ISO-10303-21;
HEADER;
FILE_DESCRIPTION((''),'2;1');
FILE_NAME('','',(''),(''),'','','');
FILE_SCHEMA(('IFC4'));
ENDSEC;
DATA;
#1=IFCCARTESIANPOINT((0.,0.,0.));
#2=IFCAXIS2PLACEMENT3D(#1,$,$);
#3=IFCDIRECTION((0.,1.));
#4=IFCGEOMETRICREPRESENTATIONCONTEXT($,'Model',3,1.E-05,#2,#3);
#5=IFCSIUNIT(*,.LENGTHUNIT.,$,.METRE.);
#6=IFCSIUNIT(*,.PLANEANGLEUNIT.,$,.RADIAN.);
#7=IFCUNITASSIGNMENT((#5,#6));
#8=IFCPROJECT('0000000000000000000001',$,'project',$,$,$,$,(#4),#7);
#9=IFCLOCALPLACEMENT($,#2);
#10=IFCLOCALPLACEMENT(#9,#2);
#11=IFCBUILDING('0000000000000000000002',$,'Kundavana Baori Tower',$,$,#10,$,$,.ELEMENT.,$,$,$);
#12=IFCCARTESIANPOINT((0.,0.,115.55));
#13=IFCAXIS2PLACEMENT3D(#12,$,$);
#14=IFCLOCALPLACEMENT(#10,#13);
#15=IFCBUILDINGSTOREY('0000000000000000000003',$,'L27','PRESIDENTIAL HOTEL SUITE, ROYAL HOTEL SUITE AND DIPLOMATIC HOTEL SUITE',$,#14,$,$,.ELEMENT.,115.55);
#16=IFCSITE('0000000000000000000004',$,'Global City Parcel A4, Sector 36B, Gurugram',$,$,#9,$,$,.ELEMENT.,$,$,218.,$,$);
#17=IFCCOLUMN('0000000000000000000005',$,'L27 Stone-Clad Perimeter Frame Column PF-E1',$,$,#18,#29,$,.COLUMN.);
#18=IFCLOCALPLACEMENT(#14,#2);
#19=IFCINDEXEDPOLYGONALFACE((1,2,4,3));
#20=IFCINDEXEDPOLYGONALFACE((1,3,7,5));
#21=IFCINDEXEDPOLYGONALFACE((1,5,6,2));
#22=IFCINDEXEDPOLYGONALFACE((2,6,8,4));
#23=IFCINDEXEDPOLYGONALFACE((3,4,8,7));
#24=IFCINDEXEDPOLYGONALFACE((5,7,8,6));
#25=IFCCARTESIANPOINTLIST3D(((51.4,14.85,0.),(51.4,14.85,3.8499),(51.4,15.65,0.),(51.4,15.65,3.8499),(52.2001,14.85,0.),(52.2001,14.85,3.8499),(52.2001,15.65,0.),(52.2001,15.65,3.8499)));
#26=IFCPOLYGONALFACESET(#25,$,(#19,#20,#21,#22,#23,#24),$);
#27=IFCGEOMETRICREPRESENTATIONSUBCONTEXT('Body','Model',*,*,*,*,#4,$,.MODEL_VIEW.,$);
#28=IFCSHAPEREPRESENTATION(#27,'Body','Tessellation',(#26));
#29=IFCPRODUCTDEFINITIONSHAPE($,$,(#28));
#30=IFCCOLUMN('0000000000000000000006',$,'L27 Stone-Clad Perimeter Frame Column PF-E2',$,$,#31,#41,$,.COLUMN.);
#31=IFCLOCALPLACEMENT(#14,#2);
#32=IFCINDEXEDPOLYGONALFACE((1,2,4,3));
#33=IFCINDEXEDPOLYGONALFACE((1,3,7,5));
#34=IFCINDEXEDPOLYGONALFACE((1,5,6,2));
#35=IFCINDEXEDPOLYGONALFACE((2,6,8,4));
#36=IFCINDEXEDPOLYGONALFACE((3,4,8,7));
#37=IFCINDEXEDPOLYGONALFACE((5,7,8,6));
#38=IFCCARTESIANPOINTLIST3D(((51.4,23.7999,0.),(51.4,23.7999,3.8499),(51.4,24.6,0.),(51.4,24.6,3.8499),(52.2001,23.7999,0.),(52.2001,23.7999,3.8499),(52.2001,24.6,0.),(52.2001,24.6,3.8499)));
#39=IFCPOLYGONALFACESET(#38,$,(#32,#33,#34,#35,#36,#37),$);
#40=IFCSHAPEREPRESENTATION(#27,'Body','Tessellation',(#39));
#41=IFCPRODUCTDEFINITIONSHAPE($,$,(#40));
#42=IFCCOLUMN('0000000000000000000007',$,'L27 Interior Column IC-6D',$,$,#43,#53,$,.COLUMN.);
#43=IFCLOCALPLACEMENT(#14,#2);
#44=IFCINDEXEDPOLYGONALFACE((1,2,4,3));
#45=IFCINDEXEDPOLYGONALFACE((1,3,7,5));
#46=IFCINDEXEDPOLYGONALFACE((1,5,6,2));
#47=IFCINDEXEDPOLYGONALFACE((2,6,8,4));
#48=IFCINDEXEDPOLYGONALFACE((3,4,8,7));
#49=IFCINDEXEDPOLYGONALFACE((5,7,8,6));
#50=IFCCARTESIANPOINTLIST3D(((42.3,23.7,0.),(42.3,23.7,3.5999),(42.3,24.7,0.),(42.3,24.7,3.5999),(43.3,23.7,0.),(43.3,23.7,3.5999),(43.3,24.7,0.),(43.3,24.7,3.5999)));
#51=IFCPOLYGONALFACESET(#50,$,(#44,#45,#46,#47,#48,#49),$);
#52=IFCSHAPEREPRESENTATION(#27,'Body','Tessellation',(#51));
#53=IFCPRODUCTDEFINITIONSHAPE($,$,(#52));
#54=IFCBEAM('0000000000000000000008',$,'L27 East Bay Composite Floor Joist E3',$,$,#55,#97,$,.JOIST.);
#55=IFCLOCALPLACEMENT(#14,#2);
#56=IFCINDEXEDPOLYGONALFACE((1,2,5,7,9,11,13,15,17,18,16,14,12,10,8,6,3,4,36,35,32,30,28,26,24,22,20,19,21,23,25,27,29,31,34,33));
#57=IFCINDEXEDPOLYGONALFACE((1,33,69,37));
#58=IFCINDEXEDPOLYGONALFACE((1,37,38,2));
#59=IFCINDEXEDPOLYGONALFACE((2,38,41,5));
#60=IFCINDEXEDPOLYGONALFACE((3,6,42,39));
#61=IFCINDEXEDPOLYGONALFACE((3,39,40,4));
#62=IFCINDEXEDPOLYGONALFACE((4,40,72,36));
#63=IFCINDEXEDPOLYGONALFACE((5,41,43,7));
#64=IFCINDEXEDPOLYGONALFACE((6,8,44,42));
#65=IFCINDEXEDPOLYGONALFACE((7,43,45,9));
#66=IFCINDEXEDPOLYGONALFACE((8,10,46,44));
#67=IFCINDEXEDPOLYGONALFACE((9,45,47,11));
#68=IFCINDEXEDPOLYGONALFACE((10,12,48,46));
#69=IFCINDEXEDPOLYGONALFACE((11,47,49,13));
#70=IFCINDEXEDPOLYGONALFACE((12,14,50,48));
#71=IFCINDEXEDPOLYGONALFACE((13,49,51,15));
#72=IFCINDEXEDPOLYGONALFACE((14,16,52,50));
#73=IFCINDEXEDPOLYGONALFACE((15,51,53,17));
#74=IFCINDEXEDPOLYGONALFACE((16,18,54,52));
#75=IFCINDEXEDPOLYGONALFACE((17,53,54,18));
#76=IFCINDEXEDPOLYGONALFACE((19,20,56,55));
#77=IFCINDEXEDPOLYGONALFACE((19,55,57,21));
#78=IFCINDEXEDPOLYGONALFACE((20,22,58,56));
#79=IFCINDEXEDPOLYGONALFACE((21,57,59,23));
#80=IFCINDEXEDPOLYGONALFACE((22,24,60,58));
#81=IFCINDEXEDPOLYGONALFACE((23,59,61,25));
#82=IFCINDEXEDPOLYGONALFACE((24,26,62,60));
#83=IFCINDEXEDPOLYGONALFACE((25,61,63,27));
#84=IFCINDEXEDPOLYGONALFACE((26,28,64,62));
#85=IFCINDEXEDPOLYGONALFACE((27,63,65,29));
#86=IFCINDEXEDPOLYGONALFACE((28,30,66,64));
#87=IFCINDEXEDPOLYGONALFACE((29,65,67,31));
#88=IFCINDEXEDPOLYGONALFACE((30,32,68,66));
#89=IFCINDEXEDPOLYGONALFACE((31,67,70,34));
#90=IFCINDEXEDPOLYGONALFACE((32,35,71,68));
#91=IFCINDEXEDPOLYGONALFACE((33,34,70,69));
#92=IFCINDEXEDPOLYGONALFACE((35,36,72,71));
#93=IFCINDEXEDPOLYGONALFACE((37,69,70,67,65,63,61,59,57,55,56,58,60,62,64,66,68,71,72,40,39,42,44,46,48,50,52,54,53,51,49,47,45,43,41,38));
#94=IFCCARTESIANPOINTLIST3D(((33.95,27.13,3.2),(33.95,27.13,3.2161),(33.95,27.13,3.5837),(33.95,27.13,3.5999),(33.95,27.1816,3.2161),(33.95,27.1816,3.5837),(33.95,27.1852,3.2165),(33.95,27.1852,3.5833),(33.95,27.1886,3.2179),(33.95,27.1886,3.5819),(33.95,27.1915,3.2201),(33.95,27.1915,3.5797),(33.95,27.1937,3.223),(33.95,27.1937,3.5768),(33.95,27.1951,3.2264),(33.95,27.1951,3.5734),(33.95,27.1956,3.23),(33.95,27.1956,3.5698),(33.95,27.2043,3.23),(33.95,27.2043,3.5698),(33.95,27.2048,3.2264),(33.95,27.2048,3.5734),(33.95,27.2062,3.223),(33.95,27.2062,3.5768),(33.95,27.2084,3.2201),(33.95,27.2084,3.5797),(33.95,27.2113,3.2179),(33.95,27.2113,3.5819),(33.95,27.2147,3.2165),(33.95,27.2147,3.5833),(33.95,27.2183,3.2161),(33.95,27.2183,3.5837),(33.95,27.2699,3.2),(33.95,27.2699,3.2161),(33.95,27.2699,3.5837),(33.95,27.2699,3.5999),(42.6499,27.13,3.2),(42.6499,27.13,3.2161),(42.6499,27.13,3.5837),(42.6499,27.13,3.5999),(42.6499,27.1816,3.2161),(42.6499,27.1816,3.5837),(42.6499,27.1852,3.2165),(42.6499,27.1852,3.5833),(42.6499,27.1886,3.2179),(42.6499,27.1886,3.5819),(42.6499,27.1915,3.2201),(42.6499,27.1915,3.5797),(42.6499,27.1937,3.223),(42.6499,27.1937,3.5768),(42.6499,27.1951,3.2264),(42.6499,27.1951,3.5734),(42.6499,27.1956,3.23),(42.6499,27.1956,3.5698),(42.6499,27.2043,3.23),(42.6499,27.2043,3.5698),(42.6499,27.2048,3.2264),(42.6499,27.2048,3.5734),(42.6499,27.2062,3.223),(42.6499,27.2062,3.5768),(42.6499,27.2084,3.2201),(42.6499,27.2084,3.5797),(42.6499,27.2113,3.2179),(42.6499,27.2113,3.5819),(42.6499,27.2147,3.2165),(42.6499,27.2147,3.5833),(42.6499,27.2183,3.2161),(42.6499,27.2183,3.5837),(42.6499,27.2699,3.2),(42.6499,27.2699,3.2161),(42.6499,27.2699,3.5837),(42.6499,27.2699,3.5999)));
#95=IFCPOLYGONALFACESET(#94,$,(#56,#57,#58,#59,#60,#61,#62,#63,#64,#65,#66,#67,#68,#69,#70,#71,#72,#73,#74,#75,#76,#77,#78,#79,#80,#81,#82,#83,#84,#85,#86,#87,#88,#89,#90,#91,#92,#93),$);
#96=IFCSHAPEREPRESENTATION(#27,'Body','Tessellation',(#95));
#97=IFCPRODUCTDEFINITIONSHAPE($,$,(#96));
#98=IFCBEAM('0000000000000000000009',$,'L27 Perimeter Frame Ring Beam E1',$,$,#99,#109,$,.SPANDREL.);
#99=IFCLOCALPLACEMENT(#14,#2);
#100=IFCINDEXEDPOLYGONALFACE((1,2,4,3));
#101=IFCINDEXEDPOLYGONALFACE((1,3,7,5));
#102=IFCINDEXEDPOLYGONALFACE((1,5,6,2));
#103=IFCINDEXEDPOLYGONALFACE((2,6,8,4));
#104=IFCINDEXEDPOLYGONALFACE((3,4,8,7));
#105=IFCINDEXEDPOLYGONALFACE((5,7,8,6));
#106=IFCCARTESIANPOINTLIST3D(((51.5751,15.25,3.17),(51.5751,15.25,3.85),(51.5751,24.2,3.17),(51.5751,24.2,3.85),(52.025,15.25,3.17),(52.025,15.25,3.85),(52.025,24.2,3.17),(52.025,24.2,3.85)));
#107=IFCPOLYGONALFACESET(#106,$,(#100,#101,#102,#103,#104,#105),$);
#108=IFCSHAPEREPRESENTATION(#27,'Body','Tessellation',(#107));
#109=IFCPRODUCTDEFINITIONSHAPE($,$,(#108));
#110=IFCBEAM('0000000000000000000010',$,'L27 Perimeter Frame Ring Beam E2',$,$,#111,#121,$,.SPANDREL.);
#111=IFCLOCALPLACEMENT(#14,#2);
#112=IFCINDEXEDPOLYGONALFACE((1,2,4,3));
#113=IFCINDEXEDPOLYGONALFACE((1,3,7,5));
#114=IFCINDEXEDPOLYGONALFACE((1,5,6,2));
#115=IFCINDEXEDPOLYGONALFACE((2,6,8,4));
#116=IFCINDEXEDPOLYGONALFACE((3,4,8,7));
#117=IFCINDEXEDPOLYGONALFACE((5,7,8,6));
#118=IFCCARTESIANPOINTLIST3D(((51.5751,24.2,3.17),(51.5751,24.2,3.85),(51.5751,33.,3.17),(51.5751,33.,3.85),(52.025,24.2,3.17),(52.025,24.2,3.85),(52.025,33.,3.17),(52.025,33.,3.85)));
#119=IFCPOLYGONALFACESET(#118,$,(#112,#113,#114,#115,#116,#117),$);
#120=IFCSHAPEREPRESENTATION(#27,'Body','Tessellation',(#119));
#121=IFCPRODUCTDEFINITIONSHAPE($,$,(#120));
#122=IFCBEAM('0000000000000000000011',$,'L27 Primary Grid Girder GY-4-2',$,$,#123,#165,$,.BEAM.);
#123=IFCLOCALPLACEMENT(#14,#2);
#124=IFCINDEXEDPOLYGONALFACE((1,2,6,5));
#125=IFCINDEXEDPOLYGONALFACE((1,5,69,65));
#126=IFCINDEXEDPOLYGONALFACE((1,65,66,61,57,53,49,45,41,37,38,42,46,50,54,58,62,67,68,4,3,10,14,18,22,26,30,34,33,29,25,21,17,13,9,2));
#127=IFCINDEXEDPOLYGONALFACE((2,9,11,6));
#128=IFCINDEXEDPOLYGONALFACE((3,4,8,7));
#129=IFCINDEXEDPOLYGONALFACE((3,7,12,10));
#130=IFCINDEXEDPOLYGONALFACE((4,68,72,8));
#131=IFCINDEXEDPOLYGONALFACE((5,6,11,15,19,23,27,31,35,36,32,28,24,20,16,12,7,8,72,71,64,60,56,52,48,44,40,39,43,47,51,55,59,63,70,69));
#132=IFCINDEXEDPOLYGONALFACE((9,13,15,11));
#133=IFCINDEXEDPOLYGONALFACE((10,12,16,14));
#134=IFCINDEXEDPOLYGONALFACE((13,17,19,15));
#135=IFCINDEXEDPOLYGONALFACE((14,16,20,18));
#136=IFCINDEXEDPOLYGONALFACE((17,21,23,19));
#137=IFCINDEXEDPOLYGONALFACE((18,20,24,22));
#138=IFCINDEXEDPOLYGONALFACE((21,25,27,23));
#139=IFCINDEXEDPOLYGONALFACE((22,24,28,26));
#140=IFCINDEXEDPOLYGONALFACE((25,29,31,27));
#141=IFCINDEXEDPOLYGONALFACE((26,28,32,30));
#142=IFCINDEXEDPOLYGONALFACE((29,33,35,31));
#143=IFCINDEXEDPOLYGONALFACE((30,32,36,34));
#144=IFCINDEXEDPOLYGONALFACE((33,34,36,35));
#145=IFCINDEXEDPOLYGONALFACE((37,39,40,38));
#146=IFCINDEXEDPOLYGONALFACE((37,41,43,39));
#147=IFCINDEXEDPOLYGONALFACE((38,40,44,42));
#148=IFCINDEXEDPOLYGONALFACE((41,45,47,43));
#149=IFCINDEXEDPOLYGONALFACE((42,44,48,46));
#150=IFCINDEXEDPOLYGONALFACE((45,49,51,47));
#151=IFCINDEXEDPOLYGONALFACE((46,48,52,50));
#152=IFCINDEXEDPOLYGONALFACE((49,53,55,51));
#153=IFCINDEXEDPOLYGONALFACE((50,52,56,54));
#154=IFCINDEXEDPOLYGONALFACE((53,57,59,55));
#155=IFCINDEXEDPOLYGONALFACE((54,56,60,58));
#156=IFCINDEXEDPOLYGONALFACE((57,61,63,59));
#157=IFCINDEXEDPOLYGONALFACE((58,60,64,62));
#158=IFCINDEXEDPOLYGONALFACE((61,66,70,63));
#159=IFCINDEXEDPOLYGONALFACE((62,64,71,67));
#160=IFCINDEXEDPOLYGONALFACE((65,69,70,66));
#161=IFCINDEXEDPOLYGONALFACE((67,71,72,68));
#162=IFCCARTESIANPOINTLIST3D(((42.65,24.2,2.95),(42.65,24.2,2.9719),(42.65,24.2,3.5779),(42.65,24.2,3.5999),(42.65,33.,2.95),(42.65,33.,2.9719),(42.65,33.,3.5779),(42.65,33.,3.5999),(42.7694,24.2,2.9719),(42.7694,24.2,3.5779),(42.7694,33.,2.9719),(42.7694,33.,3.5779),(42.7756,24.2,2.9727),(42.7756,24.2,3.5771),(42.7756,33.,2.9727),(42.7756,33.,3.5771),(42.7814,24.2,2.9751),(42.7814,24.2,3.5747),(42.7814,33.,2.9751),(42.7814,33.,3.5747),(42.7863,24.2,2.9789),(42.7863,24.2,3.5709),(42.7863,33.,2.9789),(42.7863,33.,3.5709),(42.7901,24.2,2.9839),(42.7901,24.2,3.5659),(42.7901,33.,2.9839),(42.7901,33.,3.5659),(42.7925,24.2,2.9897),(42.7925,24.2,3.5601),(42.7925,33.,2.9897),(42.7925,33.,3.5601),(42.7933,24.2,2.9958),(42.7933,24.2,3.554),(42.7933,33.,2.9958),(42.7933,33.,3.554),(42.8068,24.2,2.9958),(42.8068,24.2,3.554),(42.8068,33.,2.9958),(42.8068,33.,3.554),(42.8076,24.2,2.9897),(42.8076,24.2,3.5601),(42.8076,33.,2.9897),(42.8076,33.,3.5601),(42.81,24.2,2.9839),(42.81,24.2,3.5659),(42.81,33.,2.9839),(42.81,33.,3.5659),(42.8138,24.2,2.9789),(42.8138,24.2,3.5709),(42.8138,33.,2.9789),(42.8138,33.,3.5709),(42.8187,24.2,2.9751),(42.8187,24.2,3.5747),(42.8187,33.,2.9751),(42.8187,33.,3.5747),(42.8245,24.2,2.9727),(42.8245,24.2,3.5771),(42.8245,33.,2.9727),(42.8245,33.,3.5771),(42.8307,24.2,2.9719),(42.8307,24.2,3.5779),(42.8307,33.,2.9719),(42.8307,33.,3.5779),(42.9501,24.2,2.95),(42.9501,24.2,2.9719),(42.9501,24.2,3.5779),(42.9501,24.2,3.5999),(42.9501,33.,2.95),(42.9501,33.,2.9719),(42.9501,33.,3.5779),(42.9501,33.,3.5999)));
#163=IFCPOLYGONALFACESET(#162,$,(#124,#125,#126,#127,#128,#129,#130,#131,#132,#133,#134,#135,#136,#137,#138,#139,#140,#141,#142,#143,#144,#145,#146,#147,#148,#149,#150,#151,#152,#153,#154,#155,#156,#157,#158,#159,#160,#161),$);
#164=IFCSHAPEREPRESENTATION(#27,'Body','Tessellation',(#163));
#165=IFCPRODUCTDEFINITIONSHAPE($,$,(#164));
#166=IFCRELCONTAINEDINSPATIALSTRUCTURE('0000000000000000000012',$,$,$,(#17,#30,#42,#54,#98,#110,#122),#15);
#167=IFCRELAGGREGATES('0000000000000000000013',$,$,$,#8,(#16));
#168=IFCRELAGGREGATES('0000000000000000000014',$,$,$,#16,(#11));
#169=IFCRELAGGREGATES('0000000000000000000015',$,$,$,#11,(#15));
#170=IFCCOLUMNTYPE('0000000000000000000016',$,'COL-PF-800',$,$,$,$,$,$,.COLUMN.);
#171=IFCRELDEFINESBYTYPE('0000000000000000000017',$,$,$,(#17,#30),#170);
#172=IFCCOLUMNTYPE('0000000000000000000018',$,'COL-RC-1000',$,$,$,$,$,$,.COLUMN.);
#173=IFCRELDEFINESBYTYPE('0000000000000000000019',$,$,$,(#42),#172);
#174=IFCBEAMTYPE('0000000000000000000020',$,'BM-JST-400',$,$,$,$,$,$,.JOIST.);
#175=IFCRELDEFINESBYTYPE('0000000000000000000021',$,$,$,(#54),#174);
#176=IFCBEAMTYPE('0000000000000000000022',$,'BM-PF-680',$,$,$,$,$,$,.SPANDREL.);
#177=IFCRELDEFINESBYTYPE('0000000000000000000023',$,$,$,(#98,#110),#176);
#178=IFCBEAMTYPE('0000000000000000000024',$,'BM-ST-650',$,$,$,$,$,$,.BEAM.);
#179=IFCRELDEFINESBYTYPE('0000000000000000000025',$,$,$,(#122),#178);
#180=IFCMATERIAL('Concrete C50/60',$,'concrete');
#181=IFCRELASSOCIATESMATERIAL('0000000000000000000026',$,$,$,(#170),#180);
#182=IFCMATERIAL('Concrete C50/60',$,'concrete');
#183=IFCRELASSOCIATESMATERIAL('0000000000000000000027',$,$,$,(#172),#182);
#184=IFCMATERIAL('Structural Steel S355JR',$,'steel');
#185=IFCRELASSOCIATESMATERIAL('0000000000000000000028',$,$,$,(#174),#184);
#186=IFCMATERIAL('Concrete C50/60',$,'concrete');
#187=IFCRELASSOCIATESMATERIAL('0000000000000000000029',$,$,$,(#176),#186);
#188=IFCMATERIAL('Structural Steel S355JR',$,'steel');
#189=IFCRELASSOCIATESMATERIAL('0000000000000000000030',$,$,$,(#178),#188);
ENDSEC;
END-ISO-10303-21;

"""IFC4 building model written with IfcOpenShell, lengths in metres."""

from ifc_helpers import new_model, si_unit, direction, frame, origin, origin_2d, place, context, subcontext, project, spatial, rectangle, i_section, extrude, material, material_profile, profile_set, type_object, element, save


model = new_model("IFC4")

# Units and contexts
model_context = context("Model", 3, precision=1e-05, world=origin(), true_north=direction((0.0, 1.0)))
body_context = subcontext(model_context, "Body", "Model", "MODEL_VIEW")
ifc_project = project(units=[si_unit("LENGTHUNIT", "METRE"), si_unit("PLANEANGLEUNIT", "RADIAN")], contexts=[model_context])

# Site, building, storey
site_placement = place(None, origin())
site = spatial("IfcSite", under=ifc_project, at=site_placement, Name="Global City Parcel A4, Sector 36B, Gurugram", CompositionType="ELEMENT", RefElevation=218.0)
building_placement = place(site_placement, origin())
building = spatial("IfcBuilding", under=site, at=building_placement, Name="Kundavana Baori Tower", CompositionType="ELEMENT")
storey_placement = place(building_placement, frame((0.0, 0.0, 115.55)))
storey = spatial("IfcBuildingStorey", under=building, at=storey_placement, Name="L27", Description="PRESIDENTIAL HOTEL SUITE, ROYAL HOTEL SUITE AND DIPLOMATIC HOTEL SUITE", CompositionType="ELEMENT", Elevation=115.55)

# Columns
ifc_material_1 = material(Name="Concrete C50/60", Category="concrete")
ifc_material_profile_1 = material_profile(ifc_material_1, rectangle(XDim=0.8, YDim=0.8, at=origin_2d()), Name="RC PF 800x800")
ifc_profile_set_1 = profile_set([ifc_material_profile_1], Name="Concrete C50/60")
column_type_1 = type_object("IfcColumnType", Name="COL-PF-800", PredefinedType="COLUMN", material=ifc_profile_set_1)
for number, where, z_axis, x_axis, name in (
    (1, (51.8, 15.25, 0.0), (0.0, 0.0, 1.0), (1.0, 0.0, 0.0), "L27 Stone-Clad Perimeter Frame Column PF-E1"),
    (2, (51.8, 24.2, 0.0), (0.0, 0.0, 1.0), (1.0, 0.0, 0.0), "L27 Stone-Clad Perimeter Frame Column PF-E2"),
):
    element("IfcColumn", number, at=place(storey_placement, frame(where, z_axis=z_axis, x_axis=x_axis)), inside=storey, type_object=column_type_1, Name=name, PredefinedType="COLUMN", context=body_context, shape_type="SweptSolid", body=[
        extrude(rectangle(XDim=0.8, YDim=0.8, at=origin_2d()), origin(), (0.0, 0.0, 1.0), 3.8499),
    ])
ifc_material_2 = material(Name="Concrete C50/60", Category="concrete")
ifc_material_profile_2 = material_profile(ifc_material_2, rectangle(XDim=1.0, YDim=1.0, at=origin_2d()), Name="RC 1000x1000")
ifc_profile_set_2 = profile_set([ifc_material_profile_2], Name="Concrete C50/60")
column_type_2 = type_object("IfcColumnType", Name="COL-RC-1000", PredefinedType="COLUMN", material=ifc_profile_set_2)
column_placement = place(storey_placement, frame((42.8, 24.2, 0.0), z_axis=(0.0, 0.0, 1.0), x_axis=(1.0, 0.0, 0.0)))
element("IfcColumn", 3, at=column_placement, inside=storey, type_object=column_type_2, Name="L27 Interior Column IC-6D", PredefinedType="COLUMN", context=body_context, shape_type="SweptSolid", body=[
    extrude(rectangle(XDim=1.0, YDim=1.0, at=origin_2d()), origin(), (0.0, 0.0, 1.0), 3.5999),
])

# Beams
ifc_material_3 = material(Name="Structural Steel S355JR", Category="steel")
ifc_material_profile_3 = material_profile(ifc_material_3, i_section(OverallWidth=0.1399, OverallDepth=0.3999, WebThickness=0.0088, FlangeThickness=0.0161, FilletRadius=0.0139, at=origin_2d()), Name="ISMB 400")
ifc_profile_set_3 = profile_set([ifc_material_profile_3], Name="Structural Steel S355JR")
beam_type_1 = type_object("IfcBeamType", Name="BM-JST-400", PredefinedType="JOIST", material=ifc_profile_set_3)
beam_1_placement = place(storey_placement, frame((33.95, 27.2, 3.3999), z_axis=(1.0, 0.0, 0.0), x_axis=(0.0, 1.0, 0.0)))
element("IfcBeam", 4, at=beam_1_placement, inside=storey, type_object=beam_type_1, Name="L27 East Bay Composite Floor Joist E3", PredefinedType="JOIST", context=body_context, shape_type="SweptSolid", body=[
    extrude(i_section(OverallWidth=0.1399, OverallDepth=0.3999, WebThickness=0.0088, FlangeThickness=0.0161, FilletRadius=0.0139, at=origin_2d()), origin(), (0.0, 0.0, 1.0), 8.7),
])
ifc_material_4 = material(Name="Concrete C50/60", Category="concrete")
ifc_material_profile_4 = material_profile(ifc_material_4, rectangle(XDim=0.45, YDim=0.6799, at=origin_2d()), Name="RC BM 450x680")
ifc_profile_set_4 = profile_set([ifc_material_profile_4], Name="Concrete C50/60")
beam_type_2 = type_object("IfcBeamType", Name="BM-PF-680", PredefinedType="SPANDREL", material=ifc_profile_set_4)
beam_2_placement = place(storey_placement, frame((51.8, 15.25, 3.51), z_axis=(0.0, 1.0, 0.0), x_axis=(-1.0, 0.0, 0.0)))
element("IfcBeam", 5, at=beam_2_placement, inside=storey, type_object=beam_type_2, Name="L27 Perimeter Frame Ring Beam E1", PredefinedType="SPANDREL", context=body_context, shape_type="SweptSolid", body=[
    extrude(rectangle(XDim=0.45, YDim=0.6799, at=origin_2d()), origin(), (0.0, 0.0, 1.0), 8.95),
])
beam_3_placement = place(storey_placement, frame((51.8, 24.2, 3.51), z_axis=(0.0, 1.0, 0.0), x_axis=(-1.0, 0.0, 0.0)))
element("IfcBeam", 6, at=beam_3_placement, inside=storey, type_object=beam_type_2, Name="L27 Perimeter Frame Ring Beam E2", PredefinedType="SPANDREL", context=body_context, shape_type="SweptSolid", body=[
    extrude(rectangle(XDim=0.45, YDim=0.6799, at=origin_2d()), origin(), (0.0, 0.0, 1.0), 8.8),
])
ifc_material_5 = material(Name="Structural Steel S355JR", Category="steel")
ifc_material_profile_5 = material_profile(ifc_material_5, i_section(OverallWidth=0.3, OverallDepth=0.6499, WebThickness=0.0134, FlangeThickness=0.022, FilletRadius=0.0239, at=origin_2d()), Name="NPB 650x300x155")
ifc_profile_set_5 = profile_set([ifc_material_profile_5], Name="Structural Steel S355JR")
beam_type_3 = type_object("IfcBeamType", Name="BM-ST-650", PredefinedType="BEAM", material=ifc_profile_set_5)
beam_4_placement = place(storey_placement, frame((42.8, 24.2, 3.2749), z_axis=(0.0, 1.0, 0.0), x_axis=(-1.0, 0.0, 0.0)))
element("IfcBeam", 7, at=beam_4_placement, inside=storey, type_object=beam_type_3, Name="L27 Primary Grid Girder GY-4-2", PredefinedType="BEAM", context=body_context, shape_type="SweptSolid", body=[
    extrude(i_section(OverallWidth=0.3, OverallDepth=0.6499, WebThickness=0.0134, FlangeThickness=0.022, FilletRadius=0.0239, at=origin_2d()), origin(), (0.0, 0.0, 1.0), 8.8),
])

save(model, "model.ifc")
